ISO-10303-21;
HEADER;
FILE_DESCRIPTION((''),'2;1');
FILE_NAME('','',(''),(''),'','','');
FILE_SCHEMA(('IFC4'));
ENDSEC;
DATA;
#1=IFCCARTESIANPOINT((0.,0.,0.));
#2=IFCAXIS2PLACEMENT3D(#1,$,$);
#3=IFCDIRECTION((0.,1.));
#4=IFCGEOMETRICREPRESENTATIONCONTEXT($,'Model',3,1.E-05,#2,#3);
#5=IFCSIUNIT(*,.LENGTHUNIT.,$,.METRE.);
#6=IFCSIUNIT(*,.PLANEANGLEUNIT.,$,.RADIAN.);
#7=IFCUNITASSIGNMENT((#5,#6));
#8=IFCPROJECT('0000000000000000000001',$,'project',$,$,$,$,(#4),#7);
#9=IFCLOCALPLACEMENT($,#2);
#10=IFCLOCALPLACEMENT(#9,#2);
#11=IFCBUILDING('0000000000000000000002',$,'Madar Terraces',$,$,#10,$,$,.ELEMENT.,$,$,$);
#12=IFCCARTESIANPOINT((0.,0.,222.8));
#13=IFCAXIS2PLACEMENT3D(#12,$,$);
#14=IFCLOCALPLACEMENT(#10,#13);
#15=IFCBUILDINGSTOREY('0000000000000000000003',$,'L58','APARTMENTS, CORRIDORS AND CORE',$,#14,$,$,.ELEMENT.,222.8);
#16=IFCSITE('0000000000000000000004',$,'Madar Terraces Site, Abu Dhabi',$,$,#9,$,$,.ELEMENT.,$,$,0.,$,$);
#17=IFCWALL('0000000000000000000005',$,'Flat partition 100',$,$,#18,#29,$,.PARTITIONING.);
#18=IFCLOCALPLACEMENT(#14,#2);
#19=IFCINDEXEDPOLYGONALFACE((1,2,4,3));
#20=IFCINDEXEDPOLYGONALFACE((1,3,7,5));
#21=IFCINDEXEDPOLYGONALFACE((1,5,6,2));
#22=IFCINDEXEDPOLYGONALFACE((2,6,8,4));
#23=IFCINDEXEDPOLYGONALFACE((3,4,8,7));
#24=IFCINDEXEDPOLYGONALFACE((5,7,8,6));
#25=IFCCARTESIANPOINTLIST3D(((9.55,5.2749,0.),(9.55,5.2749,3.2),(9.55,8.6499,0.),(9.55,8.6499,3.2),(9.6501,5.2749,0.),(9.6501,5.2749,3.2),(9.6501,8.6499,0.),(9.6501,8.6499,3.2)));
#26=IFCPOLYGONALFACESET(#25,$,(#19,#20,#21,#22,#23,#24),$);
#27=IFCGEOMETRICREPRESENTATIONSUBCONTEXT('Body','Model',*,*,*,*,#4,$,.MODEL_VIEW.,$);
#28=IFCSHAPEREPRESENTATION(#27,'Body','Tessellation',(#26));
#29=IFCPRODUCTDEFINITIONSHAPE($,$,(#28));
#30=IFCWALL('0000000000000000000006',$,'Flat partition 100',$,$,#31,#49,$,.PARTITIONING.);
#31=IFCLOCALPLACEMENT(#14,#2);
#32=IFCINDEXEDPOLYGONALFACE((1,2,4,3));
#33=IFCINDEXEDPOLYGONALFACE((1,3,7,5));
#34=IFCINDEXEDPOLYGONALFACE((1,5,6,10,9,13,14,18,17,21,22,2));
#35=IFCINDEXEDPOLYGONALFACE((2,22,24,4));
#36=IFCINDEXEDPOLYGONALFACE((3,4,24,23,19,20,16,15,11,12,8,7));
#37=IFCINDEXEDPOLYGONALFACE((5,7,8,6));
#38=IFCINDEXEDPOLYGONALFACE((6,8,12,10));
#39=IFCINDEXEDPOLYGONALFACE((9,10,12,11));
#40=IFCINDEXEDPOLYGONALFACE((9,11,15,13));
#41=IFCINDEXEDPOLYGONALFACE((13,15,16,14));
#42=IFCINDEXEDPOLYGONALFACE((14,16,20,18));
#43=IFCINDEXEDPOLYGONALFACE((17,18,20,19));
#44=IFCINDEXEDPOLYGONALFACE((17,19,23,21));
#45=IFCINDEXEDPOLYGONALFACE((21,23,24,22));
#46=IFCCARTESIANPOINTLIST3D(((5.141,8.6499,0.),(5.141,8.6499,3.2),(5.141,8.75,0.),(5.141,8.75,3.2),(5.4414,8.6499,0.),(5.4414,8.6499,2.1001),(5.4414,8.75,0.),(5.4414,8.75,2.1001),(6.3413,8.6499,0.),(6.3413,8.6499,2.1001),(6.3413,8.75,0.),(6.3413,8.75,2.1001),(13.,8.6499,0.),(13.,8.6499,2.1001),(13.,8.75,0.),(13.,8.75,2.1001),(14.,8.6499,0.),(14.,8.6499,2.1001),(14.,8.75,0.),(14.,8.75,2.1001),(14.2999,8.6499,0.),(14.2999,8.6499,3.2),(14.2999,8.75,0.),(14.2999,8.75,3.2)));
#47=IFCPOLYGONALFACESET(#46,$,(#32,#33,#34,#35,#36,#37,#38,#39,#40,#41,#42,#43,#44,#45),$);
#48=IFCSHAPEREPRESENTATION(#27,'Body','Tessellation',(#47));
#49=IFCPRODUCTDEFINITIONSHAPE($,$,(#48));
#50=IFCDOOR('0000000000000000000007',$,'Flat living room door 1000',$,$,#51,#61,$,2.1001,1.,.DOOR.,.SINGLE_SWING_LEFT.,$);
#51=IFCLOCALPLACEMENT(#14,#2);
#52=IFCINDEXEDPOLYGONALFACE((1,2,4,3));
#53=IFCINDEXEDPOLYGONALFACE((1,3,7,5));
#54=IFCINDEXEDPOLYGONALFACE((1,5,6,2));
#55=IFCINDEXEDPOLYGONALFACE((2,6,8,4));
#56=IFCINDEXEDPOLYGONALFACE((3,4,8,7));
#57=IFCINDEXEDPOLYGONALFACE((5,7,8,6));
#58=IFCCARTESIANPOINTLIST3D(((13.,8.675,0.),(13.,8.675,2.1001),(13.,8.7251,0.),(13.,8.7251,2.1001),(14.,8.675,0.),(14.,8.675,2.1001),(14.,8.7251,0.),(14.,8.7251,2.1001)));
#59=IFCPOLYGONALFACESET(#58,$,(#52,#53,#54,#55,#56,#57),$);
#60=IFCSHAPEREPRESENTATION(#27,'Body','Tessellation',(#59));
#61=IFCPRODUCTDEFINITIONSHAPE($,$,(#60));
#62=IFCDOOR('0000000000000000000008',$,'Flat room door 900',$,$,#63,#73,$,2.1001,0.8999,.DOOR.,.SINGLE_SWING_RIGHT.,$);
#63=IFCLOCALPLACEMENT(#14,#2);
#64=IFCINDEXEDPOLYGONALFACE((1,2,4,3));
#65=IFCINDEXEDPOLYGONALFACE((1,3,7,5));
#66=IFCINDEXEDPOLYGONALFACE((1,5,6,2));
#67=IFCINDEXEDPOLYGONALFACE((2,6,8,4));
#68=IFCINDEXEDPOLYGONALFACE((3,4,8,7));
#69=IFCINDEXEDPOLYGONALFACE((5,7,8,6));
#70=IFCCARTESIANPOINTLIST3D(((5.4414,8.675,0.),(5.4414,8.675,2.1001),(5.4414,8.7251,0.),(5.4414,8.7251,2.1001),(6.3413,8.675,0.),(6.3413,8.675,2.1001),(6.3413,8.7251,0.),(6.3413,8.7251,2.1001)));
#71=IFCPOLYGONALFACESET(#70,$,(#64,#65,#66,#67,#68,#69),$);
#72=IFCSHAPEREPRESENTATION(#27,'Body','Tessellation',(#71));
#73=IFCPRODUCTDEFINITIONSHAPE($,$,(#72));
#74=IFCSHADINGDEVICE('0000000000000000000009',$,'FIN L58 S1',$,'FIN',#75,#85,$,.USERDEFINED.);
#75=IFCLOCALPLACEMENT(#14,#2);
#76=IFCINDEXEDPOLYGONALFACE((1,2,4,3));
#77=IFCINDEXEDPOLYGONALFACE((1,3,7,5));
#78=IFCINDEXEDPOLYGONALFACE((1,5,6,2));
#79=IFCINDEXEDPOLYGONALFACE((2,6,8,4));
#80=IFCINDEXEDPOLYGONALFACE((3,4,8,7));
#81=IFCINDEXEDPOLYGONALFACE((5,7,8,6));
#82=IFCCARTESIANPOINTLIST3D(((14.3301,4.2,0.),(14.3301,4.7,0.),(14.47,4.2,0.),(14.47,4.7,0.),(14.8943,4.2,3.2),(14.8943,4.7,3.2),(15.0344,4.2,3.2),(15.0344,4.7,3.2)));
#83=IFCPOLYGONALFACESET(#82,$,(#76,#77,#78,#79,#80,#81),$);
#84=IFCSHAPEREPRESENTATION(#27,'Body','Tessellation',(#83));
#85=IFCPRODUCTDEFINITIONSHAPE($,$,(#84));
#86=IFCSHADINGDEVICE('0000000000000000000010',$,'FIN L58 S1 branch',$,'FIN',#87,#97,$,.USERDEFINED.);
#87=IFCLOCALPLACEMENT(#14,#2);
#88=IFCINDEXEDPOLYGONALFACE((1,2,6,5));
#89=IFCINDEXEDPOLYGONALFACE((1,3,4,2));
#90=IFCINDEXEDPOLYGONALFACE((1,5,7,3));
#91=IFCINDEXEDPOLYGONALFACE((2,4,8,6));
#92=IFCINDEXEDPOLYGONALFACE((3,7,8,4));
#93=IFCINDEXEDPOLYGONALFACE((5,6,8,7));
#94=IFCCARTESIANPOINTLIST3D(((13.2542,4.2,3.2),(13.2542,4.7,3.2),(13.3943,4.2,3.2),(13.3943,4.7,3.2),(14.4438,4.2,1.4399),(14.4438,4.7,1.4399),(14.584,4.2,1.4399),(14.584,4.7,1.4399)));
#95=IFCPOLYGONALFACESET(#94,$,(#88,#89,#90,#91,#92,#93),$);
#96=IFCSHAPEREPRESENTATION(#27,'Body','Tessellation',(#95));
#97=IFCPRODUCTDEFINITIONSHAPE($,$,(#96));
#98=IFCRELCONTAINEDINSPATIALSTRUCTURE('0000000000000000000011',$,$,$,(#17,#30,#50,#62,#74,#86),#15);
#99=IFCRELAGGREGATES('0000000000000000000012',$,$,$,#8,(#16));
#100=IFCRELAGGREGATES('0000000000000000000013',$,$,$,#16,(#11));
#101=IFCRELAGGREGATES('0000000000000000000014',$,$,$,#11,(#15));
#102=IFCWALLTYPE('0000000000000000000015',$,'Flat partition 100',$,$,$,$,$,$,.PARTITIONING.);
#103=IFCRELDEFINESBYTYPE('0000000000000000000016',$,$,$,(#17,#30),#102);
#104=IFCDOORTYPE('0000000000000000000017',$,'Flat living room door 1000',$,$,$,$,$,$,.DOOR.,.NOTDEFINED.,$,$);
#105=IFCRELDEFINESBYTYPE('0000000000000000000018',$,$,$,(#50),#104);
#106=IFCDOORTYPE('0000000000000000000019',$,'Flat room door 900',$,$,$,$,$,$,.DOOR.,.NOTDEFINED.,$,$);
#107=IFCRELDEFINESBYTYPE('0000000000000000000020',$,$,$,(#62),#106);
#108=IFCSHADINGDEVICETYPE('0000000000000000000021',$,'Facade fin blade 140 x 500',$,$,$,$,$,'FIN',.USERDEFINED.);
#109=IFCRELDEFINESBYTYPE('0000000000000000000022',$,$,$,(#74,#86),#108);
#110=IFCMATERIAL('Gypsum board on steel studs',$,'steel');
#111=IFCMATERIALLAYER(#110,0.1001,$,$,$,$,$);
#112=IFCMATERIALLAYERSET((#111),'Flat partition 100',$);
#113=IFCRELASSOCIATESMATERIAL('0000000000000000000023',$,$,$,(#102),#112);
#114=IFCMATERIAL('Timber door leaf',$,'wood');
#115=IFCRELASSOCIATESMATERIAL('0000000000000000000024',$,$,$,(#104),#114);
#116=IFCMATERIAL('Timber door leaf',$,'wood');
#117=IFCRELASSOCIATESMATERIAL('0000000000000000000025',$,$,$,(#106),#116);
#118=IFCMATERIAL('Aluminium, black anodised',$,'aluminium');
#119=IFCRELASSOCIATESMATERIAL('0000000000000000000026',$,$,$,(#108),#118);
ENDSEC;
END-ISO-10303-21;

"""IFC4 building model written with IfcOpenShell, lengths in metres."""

from ifc_helpers import new_model, si_unit, direction, frame, frame_2d, origin, place, context, subcontext, project, spatial, polyline, rectangle, outline, extrude, material, layer, layer_set, type_object, element, fill, save


model = new_model("IFC4")

# Units and contexts
model_context = context("Model", 3, precision=1e-05, world=origin(), true_north=direction((0.0, 1.0)))
body_context = subcontext(model_context, "Body", "Model", "MODEL_VIEW")
ifc_project = project(units=[si_unit("LENGTHUNIT", "METRE"), si_unit("PLANEANGLEUNIT", "RADIAN")], contexts=[model_context])

# Site, building, storey
site_placement = place(None, origin())
site = spatial("IfcSite", under=ifc_project, at=site_placement, Name="Madar Terraces Site, Abu Dhabi", CompositionType="ELEMENT", RefElevation=0.0)
building_placement = place(site_placement, origin())
building = spatial("IfcBuilding", under=site, at=building_placement, Name="Madar Terraces", CompositionType="ELEMENT")
storey_placement = place(building_placement, frame((0.0, 0.0, 222.8)))
storey = spatial("IfcBuildingStorey", under=building, at=storey_placement, Name="L58", Description="APARTMENTS, CORRIDORS AND CORE", CompositionType="ELEMENT", Elevation=222.8)

# Wall
ifc_material_1 = material(Name="Gypsum board on steel studs", Category="steel")
ifc_layer_1 = layer(ifc_material_1, 0.1001)
ifc_layer_set_1 = layer_set([ifc_layer_1], Name="Flat partition 100")
wall_type_1 = type_object("IfcWallType", Name="Flat partition 100", PredefinedType="PARTITIONING", material=ifc_layer_set_1)
wall_1_placement = place(storey_placement, frame((9.6001, 8.6499, 0.0), z_axis=(0.0, 0.0, 1.0), x_axis=(0.0, -1.0, 0.0)))
element("IfcWall", 1, at=wall_1_placement, inside=storey, type_object=wall_type_1, Name="Flat partition 100", PredefinedType="PARTITIONING", context=body_context, shape_type="SweptSolid", body=[
    extrude(rectangle(XDim=3.375, YDim=0.1001, at=frame_2d((1.6875, 0.0))), origin(), (0.0, 0.0, 1.0), 3.2),
])

# Wall, openings, doors
wall_2_placement = place(storey_placement, frame((14.3, 8.7, 0.0), z_axis=(0.0, 0.0, 1.0), x_axis=(-1.0, 0.0, 0.0)))
wall_2 = element("IfcWall", 2, at=wall_2_placement, inside=storey, type_object=wall_type_1, Name="Flat partition 100", PredefinedType="PARTITIONING", context=body_context, shape_type="SweptSolid", body=[
    extrude(rectangle(XDim=9.1589, YDim=0.1001, at=frame_2d((4.5796, 0.0))), origin(), (0.0, 0.0, 1.0), 3.2),
])
opening_1_placement = place(wall_2_placement, frame((0.3, 0.0, 0.0)))
opening_1 = element("IfcOpeningElement", 3, at=opening_1_placement, cuts=wall_2, PredefinedType="OPENING", context=body_context, shape_type="SweptSolid", body=[
    extrude(rectangle(XDim=1.0, YDim=2.1001, at=frame_2d((0.5, 1.05))), frame((0.0, 0.0601, 0.0), z_axis=(0.0, -1.0, 0.0), x_axis=(1.0, 0.0, 0.0)), (0.0, 0.0, 1.0), 0.1201),
])
opening_2_placement = place(wall_2_placement, frame((7.9587, 0.0, 0.0)))
opening_2 = element("IfcOpeningElement", 4, at=opening_2_placement, cuts=wall_2, PredefinedType="OPENING", context=body_context, shape_type="SweptSolid", body=[
    extrude(rectangle(XDim=0.8999, YDim=2.1001, at=frame_2d((0.45, 1.05))), frame((0.0, 0.0601, 0.0), z_axis=(0.0, -1.0, 0.0), x_axis=(1.0, 0.0, 0.0)), (0.0, 0.0, 1.0), 0.1201),
])
ifc_material_2 = material(Name="Timber door leaf", Category="wood")
door_type_1 = type_object("IfcDoorType", Name="Flat living room door 1000", OperationType="NOTDEFINED", PredefinedType="DOOR", material=ifc_material_2)
door_1_placement = place(opening_1_placement, origin())
door_1 = element("IfcDoor", 5, at=door_1_placement, inside=storey, type_object=door_type_1, Name="Flat living room door 1000", OperationType="SINGLE_SWING_LEFT", OverallHeight=2.1001, OverallWidth=1.0, PredefinedType="DOOR", context=body_context, shape_type="SweptSolid", body=[
    extrude(rectangle(XDim=1.0, YDim=2.1001, at=frame_2d((0.5, 1.05))), frame((0.0, 0.0249, 0.0), z_axis=(0.0, -1.0, 0.0), x_axis=(1.0, 0.0, 0.0)), (0.0, 0.0, 1.0), 0.05),
])
fill(opening_1, door_1)
ifc_material_3 = material(Name="Timber door leaf", Category="wood")
door_type_2 = type_object("IfcDoorType", Name="Flat room door 900", OperationType="NOTDEFINED", PredefinedType="DOOR", material=ifc_material_3)
door_2_placement = place(opening_2_placement, origin())
door_2 = element("IfcDoor", 6, at=door_2_placement, inside=storey, type_object=door_type_2, Name="Flat room door 900", OperationType="SINGLE_SWING_RIGHT", OverallHeight=2.1001, OverallWidth=0.8999, PredefinedType="DOOR", context=body_context, shape_type="SweptSolid", body=[
    extrude(rectangle(XDim=0.8999, YDim=2.1001, at=frame_2d((0.45, 1.05))), frame((0.0, 0.0249, 0.0), z_axis=(0.0, -1.0, 0.0), x_axis=(1.0, 0.0, 0.0)), (0.0, 0.0, 1.0), 0.05),
])
fill(opening_2, door_2)

# Shading devices
ifc_material_4 = material(Name="Aluminium, black anodised", Category="aluminium")
shading_device_type = type_object("IfcShadingDeviceType", Name="Facade fin blade 140 x 500", ElementType="FIN", PredefinedType="USERDEFINED", material=ifc_material_4)
shading_device_1_placement = place(storey_placement, frame((14.3301, 4.45, 0.0), z_axis=(0.0, 0.0, 1.0), x_axis=(1.0, 0.0, 0.0)))
element("IfcShadingDevice", 7, at=shading_device_1_placement, inside=storey, type_object=shading_device_type, Name="FIN L58 S1", ObjectType="FIN", PredefinedType="USERDEFINED", context=body_context, shape_type="SweptSolid", body=[
    extrude(outline(polyline([(0.0, 0.0), (0.1399, 0.0), (0.7043, 3.2), (0.5642, 3.2), (0.0, 0.0)])), frame((0.0, 0.25, 0.0), z_axis=(0.0, -1.0, 0.0), x_axis=(1.0, 0.0, 0.0)), (0.0, 0.0, 1.0), 0.5),
])
shading_device_2_placement = place(storey_placement, frame((14.4438, 4.45, 1.4399), z_axis=(0.0, 0.0, 1.0), x_axis=(1.0, 0.0, 0.0)))
element("IfcShadingDevice", 8, at=shading_device_2_placement, inside=storey, type_object=shading_device_type, Name="FIN L58 S1 branch", ObjectType="FIN", PredefinedType="USERDEFINED", context=body_context, shape_type="SweptSolid", body=[
    extrude(outline(polyline([(0.0, 0.0), (0.1401, 0.0), (-1.0496, 1.76), (-1.1897, 1.76), (0.0, 0.0)])), frame((0.0, 0.25, 0.0), z_axis=(0.0, -1.0, 0.0), x_axis=(1.0, 0.0, 0.0)), (0.0, 0.0, 1.0), 0.5),
])

save(model, "model.ifc")
